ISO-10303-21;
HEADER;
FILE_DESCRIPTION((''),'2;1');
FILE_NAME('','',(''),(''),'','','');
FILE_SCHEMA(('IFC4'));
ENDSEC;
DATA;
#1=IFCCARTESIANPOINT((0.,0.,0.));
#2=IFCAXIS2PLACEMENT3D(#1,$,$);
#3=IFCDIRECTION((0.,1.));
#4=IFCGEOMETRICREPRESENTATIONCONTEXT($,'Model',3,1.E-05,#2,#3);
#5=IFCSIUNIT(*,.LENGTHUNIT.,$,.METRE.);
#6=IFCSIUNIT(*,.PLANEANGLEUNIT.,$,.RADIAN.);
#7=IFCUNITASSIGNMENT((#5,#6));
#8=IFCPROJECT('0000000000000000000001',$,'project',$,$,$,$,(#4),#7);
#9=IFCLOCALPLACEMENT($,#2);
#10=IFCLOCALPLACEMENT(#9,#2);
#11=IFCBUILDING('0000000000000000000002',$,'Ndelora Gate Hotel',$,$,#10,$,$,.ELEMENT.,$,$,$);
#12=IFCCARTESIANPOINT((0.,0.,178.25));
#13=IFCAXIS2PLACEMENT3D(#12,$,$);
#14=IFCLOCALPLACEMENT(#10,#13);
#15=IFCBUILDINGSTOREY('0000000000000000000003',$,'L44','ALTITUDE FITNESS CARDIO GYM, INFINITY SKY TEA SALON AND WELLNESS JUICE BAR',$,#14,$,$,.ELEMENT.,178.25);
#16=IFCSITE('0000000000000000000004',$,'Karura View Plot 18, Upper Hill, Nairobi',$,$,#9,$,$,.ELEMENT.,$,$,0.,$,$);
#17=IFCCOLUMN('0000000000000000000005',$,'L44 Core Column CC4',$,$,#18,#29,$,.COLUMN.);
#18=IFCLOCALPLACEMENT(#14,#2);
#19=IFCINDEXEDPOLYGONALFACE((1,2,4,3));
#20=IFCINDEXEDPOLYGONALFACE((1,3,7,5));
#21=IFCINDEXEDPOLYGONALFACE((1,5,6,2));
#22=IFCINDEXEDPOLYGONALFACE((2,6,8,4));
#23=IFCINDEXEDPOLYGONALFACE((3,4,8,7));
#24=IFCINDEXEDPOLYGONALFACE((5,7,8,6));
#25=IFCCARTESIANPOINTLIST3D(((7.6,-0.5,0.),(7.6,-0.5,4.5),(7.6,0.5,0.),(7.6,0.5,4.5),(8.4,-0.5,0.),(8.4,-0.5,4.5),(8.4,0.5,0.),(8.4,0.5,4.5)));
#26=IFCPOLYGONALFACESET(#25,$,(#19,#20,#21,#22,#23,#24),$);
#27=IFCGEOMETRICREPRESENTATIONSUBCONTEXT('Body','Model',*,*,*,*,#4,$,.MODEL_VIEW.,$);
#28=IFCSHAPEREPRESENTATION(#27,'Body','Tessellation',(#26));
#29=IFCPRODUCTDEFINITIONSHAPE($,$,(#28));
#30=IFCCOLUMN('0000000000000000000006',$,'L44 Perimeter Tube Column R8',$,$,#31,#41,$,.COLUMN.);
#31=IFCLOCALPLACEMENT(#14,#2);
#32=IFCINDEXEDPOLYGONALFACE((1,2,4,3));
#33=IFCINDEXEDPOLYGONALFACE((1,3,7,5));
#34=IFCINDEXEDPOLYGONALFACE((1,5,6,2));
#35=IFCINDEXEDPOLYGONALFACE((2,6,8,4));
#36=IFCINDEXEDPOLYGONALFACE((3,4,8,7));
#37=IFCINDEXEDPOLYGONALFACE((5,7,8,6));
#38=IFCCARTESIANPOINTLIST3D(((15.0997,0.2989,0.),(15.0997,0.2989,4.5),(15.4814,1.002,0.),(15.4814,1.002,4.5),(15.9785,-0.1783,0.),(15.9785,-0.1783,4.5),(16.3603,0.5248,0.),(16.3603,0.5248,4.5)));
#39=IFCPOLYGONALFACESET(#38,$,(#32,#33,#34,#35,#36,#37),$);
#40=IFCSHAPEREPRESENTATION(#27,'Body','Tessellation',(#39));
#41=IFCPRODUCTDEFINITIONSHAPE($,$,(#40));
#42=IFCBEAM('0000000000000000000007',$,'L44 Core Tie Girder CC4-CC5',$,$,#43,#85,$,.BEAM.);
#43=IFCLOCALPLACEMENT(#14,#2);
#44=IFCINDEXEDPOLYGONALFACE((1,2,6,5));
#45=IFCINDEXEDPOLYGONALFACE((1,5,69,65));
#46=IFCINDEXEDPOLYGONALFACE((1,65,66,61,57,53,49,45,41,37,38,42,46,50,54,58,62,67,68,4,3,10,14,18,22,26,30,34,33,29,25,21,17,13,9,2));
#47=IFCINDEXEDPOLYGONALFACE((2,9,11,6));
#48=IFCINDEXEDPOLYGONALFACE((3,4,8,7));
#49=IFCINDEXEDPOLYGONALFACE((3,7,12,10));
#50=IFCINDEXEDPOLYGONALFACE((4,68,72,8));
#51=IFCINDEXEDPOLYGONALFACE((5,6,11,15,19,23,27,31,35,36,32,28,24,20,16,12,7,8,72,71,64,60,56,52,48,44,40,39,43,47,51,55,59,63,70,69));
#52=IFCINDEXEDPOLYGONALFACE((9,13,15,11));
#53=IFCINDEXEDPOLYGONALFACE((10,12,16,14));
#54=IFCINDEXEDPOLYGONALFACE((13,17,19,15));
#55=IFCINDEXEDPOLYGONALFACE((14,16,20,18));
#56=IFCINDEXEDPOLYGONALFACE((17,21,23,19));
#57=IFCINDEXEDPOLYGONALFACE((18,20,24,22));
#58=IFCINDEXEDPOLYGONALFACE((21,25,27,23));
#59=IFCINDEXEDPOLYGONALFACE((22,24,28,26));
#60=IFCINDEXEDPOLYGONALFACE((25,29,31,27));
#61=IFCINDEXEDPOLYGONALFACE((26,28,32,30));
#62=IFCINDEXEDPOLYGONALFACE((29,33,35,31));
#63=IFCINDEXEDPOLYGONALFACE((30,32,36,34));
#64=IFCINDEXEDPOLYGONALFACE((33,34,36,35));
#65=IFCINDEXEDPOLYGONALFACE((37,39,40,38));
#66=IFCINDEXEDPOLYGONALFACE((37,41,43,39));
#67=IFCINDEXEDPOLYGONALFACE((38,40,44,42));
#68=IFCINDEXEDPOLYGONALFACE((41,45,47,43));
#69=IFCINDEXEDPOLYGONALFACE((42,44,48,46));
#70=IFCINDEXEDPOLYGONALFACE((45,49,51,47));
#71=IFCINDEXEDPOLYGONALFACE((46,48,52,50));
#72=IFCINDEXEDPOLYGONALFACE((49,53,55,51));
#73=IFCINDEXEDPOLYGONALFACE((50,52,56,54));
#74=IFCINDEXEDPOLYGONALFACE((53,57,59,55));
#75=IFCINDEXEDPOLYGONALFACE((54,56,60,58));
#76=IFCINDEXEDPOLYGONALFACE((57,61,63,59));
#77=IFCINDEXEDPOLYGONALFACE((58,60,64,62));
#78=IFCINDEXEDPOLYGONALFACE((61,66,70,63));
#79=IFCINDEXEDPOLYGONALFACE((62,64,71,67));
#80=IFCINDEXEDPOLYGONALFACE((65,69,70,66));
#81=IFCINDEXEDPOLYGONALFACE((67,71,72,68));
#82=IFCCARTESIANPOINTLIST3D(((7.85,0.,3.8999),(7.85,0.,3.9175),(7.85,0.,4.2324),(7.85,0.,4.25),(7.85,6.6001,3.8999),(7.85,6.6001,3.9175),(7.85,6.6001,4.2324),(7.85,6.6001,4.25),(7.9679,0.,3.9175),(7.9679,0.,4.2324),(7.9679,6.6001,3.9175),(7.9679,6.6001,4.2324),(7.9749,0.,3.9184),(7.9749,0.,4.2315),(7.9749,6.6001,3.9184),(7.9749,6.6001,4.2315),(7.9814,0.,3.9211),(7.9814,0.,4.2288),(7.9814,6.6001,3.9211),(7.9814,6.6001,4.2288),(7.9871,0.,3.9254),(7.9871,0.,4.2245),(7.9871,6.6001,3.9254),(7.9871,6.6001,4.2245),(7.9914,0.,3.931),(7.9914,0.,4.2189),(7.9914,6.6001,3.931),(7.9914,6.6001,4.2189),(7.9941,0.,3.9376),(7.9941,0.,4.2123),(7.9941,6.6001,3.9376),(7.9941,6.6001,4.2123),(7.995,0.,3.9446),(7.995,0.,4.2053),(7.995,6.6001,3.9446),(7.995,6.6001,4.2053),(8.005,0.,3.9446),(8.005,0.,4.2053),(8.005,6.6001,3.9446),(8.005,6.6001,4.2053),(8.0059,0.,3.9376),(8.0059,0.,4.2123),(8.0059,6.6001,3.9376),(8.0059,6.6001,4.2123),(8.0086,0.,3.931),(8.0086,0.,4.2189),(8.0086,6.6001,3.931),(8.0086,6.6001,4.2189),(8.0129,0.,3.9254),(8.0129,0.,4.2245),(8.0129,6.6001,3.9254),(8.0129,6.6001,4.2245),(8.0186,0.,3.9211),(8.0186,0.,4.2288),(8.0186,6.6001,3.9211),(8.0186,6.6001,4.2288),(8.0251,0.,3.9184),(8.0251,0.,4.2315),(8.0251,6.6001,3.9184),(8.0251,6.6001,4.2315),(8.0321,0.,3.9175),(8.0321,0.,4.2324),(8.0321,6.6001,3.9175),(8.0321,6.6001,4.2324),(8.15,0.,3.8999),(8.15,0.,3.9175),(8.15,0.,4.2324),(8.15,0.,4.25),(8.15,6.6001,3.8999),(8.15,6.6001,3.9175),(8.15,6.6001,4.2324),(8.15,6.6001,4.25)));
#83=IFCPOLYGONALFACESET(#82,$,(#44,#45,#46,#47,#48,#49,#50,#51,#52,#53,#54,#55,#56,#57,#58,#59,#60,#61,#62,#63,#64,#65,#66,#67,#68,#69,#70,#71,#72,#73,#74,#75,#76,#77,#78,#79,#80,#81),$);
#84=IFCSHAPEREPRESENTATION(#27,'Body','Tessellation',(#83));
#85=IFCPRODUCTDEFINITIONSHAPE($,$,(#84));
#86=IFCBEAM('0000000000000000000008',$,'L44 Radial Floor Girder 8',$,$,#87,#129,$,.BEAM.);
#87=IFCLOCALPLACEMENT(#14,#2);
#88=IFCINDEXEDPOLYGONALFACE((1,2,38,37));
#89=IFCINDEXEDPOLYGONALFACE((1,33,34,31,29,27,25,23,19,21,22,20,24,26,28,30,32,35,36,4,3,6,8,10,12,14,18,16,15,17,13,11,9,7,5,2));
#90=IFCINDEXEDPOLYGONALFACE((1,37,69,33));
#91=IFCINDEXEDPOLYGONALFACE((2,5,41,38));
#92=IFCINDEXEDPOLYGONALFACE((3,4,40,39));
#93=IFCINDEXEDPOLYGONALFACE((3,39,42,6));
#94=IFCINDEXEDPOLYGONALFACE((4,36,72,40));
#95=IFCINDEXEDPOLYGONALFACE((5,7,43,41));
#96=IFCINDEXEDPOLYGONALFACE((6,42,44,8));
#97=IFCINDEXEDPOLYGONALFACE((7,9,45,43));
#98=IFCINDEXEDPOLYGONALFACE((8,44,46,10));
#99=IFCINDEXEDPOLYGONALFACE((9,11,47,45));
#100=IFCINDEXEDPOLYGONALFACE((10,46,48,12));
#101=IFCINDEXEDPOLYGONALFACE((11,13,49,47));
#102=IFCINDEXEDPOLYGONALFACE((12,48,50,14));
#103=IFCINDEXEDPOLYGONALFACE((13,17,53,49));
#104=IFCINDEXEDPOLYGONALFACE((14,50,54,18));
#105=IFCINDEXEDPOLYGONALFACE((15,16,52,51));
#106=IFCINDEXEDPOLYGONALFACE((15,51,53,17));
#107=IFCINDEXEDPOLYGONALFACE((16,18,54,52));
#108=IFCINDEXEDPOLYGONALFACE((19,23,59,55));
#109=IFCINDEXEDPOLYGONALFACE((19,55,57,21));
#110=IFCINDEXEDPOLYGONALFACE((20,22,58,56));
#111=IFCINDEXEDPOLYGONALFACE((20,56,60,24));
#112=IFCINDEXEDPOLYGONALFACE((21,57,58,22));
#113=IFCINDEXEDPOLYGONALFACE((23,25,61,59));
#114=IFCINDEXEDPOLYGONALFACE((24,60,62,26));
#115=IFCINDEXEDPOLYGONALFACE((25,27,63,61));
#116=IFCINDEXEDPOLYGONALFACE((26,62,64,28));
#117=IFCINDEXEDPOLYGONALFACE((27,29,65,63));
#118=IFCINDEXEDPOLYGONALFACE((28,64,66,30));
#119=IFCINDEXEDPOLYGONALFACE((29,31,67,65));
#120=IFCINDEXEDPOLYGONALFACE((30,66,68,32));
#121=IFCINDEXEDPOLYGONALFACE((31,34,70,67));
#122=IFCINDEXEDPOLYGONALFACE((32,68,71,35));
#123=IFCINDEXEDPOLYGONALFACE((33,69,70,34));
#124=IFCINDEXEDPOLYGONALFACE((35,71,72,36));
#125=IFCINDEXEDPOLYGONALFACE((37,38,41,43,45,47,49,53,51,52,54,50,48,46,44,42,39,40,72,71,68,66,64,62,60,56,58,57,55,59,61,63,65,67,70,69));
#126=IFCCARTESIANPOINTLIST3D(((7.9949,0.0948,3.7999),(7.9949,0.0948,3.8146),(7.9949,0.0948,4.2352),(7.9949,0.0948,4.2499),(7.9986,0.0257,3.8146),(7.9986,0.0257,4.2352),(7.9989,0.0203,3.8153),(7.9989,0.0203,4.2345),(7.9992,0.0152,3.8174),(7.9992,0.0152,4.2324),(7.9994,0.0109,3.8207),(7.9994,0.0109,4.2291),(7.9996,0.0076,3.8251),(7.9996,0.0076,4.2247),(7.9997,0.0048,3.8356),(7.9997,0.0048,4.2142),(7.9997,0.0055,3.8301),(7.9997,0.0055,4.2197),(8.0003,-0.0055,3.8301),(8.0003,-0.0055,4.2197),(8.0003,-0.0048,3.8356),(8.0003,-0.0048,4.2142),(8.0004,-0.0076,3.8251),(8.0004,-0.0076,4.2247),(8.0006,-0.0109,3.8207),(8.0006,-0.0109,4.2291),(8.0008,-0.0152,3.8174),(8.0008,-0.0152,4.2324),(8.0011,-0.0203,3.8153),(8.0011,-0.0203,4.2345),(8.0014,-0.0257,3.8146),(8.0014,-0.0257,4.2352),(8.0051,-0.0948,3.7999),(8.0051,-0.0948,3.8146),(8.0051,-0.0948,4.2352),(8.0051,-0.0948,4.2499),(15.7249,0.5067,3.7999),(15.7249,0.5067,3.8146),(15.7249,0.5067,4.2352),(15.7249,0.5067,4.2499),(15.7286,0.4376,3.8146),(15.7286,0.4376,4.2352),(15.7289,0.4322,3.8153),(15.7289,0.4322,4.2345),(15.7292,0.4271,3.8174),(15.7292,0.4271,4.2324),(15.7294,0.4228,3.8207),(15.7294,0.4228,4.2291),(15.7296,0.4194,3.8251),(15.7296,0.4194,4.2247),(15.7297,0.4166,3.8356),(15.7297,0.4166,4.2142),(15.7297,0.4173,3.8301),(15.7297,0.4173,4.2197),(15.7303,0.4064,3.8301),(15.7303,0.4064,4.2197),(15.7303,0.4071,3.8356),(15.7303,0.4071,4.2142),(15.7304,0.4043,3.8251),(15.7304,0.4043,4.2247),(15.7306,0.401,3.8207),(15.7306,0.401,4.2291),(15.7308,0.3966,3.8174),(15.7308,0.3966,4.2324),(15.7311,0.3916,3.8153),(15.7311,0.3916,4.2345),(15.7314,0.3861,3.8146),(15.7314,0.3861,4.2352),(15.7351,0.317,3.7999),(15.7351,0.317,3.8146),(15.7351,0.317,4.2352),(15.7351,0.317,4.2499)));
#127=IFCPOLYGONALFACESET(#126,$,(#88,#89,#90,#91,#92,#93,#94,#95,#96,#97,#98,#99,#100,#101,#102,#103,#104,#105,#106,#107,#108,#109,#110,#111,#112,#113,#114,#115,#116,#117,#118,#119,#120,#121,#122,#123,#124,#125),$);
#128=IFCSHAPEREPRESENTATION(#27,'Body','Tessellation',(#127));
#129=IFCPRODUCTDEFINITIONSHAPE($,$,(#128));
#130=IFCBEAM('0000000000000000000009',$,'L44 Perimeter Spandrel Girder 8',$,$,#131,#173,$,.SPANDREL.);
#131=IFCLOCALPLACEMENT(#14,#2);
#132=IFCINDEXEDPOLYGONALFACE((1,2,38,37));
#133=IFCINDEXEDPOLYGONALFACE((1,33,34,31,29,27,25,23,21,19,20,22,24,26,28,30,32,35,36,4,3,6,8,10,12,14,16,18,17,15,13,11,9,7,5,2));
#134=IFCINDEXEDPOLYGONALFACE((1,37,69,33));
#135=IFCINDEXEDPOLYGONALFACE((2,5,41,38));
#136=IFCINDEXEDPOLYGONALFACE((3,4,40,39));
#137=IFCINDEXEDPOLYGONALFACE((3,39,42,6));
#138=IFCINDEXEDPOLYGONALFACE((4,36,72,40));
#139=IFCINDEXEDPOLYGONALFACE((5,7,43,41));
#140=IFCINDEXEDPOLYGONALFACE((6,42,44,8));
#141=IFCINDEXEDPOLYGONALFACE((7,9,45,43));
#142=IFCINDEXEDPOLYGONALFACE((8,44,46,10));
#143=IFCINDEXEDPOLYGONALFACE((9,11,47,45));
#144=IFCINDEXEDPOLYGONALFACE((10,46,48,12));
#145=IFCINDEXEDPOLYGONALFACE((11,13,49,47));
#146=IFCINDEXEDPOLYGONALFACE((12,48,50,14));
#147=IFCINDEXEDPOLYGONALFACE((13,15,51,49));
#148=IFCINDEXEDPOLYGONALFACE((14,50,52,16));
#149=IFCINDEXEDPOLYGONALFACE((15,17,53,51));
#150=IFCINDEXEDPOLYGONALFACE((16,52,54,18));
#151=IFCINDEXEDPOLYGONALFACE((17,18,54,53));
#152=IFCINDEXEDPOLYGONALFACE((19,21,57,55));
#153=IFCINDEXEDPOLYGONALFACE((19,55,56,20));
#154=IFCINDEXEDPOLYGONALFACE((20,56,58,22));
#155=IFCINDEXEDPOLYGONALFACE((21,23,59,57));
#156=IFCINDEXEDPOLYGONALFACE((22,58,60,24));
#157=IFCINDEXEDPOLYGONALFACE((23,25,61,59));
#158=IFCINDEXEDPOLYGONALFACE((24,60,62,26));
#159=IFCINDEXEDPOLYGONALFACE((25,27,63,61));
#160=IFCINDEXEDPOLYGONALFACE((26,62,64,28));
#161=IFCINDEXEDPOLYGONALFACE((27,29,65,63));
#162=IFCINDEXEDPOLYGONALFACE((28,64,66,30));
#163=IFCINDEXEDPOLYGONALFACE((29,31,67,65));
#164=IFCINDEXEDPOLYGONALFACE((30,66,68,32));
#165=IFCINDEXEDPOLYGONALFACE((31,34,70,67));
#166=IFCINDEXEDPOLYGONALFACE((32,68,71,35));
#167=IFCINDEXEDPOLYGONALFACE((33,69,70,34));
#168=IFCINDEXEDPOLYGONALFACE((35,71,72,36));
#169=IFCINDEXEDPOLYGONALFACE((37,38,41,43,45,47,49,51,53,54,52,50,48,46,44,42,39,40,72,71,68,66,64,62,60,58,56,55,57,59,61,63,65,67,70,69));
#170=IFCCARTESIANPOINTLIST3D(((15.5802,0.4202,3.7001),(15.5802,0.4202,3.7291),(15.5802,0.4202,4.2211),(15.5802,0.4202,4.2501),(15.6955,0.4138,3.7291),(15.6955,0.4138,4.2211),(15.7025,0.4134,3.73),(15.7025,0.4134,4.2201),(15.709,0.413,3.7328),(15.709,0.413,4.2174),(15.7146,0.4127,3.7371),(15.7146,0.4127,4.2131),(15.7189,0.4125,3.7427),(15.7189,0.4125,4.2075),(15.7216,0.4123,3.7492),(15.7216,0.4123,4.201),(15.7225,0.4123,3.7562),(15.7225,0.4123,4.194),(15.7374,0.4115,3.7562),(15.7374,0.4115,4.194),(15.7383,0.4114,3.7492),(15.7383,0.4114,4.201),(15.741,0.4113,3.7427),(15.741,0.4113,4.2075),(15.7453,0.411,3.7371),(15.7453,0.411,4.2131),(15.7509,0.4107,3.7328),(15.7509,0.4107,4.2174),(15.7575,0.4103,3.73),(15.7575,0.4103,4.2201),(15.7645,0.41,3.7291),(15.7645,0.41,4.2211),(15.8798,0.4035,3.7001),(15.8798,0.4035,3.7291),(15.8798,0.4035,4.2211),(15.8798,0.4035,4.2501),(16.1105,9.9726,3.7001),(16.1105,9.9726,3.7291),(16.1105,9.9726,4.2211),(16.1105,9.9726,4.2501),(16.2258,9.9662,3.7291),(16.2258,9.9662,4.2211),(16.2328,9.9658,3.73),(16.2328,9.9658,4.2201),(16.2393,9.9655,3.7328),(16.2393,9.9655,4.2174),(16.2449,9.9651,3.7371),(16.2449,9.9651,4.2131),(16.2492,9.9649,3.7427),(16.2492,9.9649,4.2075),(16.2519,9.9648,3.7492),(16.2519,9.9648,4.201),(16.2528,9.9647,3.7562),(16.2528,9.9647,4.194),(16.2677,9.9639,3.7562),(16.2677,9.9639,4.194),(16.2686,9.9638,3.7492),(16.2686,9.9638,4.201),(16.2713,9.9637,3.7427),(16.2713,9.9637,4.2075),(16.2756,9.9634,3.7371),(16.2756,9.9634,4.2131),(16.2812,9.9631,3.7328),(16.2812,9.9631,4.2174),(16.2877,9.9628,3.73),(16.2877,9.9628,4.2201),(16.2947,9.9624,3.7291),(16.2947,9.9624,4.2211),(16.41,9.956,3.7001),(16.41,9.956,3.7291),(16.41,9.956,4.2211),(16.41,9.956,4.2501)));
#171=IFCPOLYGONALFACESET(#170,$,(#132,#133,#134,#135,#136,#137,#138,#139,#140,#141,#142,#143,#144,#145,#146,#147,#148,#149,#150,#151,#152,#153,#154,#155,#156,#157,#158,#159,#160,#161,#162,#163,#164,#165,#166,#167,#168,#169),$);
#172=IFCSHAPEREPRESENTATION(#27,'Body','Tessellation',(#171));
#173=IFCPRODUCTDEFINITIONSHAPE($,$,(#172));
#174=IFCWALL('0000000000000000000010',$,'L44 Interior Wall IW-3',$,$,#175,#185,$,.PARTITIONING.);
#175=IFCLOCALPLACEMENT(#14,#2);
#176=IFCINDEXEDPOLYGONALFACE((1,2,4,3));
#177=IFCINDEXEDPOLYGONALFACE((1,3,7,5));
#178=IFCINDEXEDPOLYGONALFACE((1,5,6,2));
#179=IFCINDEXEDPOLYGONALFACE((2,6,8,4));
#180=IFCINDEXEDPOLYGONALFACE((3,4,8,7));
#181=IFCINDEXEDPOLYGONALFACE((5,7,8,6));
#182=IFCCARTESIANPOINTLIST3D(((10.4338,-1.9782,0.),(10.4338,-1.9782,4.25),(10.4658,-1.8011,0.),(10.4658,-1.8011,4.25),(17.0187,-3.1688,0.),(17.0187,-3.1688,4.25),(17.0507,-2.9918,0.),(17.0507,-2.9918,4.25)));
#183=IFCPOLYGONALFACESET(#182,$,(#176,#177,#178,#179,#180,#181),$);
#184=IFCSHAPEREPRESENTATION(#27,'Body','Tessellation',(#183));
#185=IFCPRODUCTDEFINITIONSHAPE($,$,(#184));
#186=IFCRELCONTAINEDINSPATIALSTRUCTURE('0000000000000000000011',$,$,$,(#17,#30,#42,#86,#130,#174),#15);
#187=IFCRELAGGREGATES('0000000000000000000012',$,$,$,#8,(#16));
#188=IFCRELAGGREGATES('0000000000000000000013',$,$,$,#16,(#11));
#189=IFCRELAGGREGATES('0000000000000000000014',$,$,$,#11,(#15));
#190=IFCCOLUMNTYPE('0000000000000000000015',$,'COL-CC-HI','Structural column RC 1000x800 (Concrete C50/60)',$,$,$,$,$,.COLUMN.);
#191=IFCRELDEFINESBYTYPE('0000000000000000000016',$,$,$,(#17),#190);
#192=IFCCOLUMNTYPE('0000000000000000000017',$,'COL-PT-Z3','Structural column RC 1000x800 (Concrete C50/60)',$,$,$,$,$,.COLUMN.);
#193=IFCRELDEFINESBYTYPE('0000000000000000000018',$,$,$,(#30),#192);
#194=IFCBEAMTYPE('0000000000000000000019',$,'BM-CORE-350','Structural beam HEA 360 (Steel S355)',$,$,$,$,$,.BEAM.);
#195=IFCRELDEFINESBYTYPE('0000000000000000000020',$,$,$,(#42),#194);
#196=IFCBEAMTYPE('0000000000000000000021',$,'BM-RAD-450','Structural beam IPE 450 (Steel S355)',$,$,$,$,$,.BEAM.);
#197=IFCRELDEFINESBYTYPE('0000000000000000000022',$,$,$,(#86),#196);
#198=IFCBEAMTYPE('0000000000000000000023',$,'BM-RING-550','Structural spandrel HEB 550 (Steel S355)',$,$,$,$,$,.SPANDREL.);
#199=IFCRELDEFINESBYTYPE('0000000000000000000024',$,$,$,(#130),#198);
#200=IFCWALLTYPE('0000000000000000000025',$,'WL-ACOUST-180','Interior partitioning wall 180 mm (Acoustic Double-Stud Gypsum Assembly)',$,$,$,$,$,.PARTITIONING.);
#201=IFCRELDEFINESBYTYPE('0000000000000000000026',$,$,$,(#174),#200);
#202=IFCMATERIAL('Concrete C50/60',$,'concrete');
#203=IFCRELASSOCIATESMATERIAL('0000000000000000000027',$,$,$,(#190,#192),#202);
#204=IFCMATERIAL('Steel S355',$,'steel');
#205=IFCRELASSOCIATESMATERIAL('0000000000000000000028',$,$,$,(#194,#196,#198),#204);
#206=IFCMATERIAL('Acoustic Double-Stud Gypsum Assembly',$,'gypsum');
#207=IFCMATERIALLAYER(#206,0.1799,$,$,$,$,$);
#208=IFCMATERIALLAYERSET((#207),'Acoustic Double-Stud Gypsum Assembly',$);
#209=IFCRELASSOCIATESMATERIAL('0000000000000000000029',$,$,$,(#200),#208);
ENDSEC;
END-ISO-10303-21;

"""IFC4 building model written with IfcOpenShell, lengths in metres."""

from ifc_helpers import new_model, si_unit, direction, frame, frame_2d, origin, origin_2d, place, context, subcontext, project, spatial, rectangle, i_section, extrude, material, layer, layer_set, material_profile, profile_set, type_object, element, save


model = new_model("IFC4")

# Units and contexts
model_context = context("Model", 3, precision=1e-05, world=origin(), true_north=direction((0.0, 1.0)))
body_context = subcontext(model_context, "Body", "Model", "MODEL_VIEW")
ifc_project = project(units=[si_unit("LENGTHUNIT", "METRE"), si_unit("PLANEANGLEUNIT", "RADIAN")], contexts=[model_context])

# Site, building, storey
site_placement = place(None, origin())
site = spatial("IfcSite", under=ifc_project, at=site_placement, Name="Karura View Plot 18, Upper Hill, Nairobi", CompositionType="ELEMENT", RefElevation=0.0)
building_placement = place(site_placement, origin())
building = spatial("IfcBuilding", under=site, at=building_placement, Name="Ndelora Gate Hotel", CompositionType="ELEMENT")
storey_placement = place(building_placement, frame((0.0, 0.0, 178.25)))
storey = spatial("IfcBuildingStorey", under=building, at=storey_placement, Name="L44", Description="ALTITUDE FITNESS CARDIO GYM, INFINITY SKY TEA SALON AND WELLNESS JUICE BAR", CompositionType="ELEMENT", Elevation=178.25)

# Columns
ifc_material_1 = material(Name="Concrete C50/60", Category="concrete")
ifc_material_profile_1 = material_profile(ifc_material_1, rectangle(XDim=0.8, YDim=1.0, at=origin_2d()), Name="RC 1000x800")
ifc_profile_set_1 = profile_set([ifc_material_profile_1], Name="Concrete C50/60")
column_type_1 = type_object("IfcColumnType", Name="COL-CC-HI", Description="Structural column RC 1000x800 (Concrete C50/60)", PredefinedType="COLUMN", material=ifc_profile_set_1)
column_1_placement = place(storey_placement, frame((8.0, 0.0, 0.0), z_axis=(0.0, 0.0, 1.0), x_axis=(1.0, 0.0, 0.0)))
element("IfcColumn", 1, at=column_1_placement, inside=storey, type_object=column_type_1, Name="L44 Core Column CC4", PredefinedType="COLUMN", context=body_context, shape_type="SweptSolid", body=[
    extrude(rectangle(XDim=0.8, YDim=1.0, at=origin_2d()), origin(), (0.0, 0.0, 1.0), 4.5),
])
ifc_material_profile_2 = material_profile(ifc_material_1, rectangle(XDim=0.8, YDim=1.0, at=origin_2d()), Name="RC 1000x800")
ifc_profile_set_2 = profile_set([ifc_material_profile_2], Name="Concrete C50/60")
column_type_2 = type_object("IfcColumnType", Name="COL-PT-Z3", Description="Structural column RC 1000x800 (Concrete C50/60)", PredefinedType="COLUMN", material=ifc_profile_set_2)
column_2_placement = place(storey_placement, frame((15.73, 0.4119, 0.0), z_axis=(0.0, 0.0, 1.0), x_axis=(0.477159, 0.878817, 0.0)))
element("IfcColumn", 2, at=column_2_placement, inside=storey, type_object=column_type_2, Name="L44 Perimeter Tube Column R8", PredefinedType="COLUMN", context=body_context, shape_type="SweptSolid", body=[
    extrude(rectangle(XDim=0.8, YDim=1.0, at=origin_2d()), origin(), (0.0, 0.0, 1.0), 4.5),
])

# Beams
ifc_material_2 = material(Name="Steel S355", Category="steel")
ifc_material_profile_3 = material_profile(ifc_material_2, i_section(OverallWidth=0.3, OverallDepth=0.3501, WebThickness=0.01, FlangeThickness=0.0176, FilletRadius=0.0271, at=origin_2d()), Name="HEA 360")
ifc_profile_set_3 = profile_set([ifc_material_profile_3], Name="Steel S355")
beam_type_1 = type_object("IfcBeamType", Name="BM-CORE-350", Description="Structural beam HEA 360 (Steel S355)", PredefinedType="BEAM", material=ifc_profile_set_3)
beam_1_placement = place(storey_placement, frame((8.0, 0.0, 4.075), z_axis=(0.0, 1.0, 0.0), x_axis=(-1.0, 0.0, 0.0)))
element("IfcBeam", 3, at=beam_1_placement, inside=storey, type_object=beam_type_1, Name="L44 Core Tie Girder CC4-CC5", PredefinedType="BEAM", context=body_context, shape_type="SweptSolid", body=[
    extrude(i_section(OverallWidth=0.3, OverallDepth=0.3501, WebThickness=0.01, FlangeThickness=0.0176, FilletRadius=0.0271, at=origin_2d()), origin(), (0.0, 0.0, 1.0), 6.6001),
])
ifc_material_profile_4 = material_profile(ifc_material_2, i_section(OverallWidth=0.1899, OverallDepth=0.45, WebThickness=0.0095, FlangeThickness=0.0146, FilletRadius=0.021, at=origin_2d()), Name="IPE 450")
ifc_profile_set_4 = profile_set([ifc_material_profile_4], Name="Steel S355")
beam_type_2 = type_object("IfcBeamType", Name="BM-RAD-450", Description="Structural beam IPE 450 (Steel S355)", PredefinedType="BEAM", material=ifc_profile_set_4)
beam_2_placement = place(storey_placement, frame((8.0, 0.0, 4.0249), z_axis=(0.998584, 0.053206, 0.0), x_axis=(-0.053206, 0.998584, 0.0)))
element("IfcBeam", 4, at=beam_2_placement, inside=storey, type_object=beam_type_2, Name="L44 Radial Floor Girder 8", PredefinedType="BEAM", context=body_context, shape_type="SweptSolid", body=[
    extrude(i_section(OverallWidth=0.1899, OverallDepth=0.45, WebThickness=0.0095, FlangeThickness=0.0146, FilletRadius=0.021, at=origin_2d()), origin(), (0.0, 0.0, 1.0), 7.741),
])
ifc_material_profile_5 = material_profile(ifc_material_2, i_section(OverallWidth=0.3, OverallDepth=0.55, WebThickness=0.0149, FlangeThickness=0.0291, FilletRadius=0.0271, at=origin_2d()), Name="HEB 550")
ifc_profile_set_5 = profile_set([ifc_material_profile_5], Name="Steel S355")
beam_type_3 = type_object("IfcBeamType", Name="BM-RING-550", Description="Structural spandrel HEB 550 (Steel S355)", PredefinedType="SPANDREL", material=ifc_profile_set_5)
beam_3_placement = place(storey_placement, frame((15.73, 0.4119, 3.9751), z_axis=(0.055426, 0.998463, 0.0), x_axis=(-0.998463, 0.055426, 0.0)))
element("IfcBeam", 5, at=beam_3_placement, inside=storey, type_object=beam_type_3, Name="L44 Perimeter Spandrel Girder 8", PredefinedType="SPANDREL", context=body_context, shape_type="SweptSolid", body=[
    extrude(i_section(OverallWidth=0.3, OverallDepth=0.55, WebThickness=0.0149, FlangeThickness=0.0291, FilletRadius=0.0271, at=origin_2d()), origin(), (0.0, 0.0, 1.0), 9.5671),
])

# Wall
ifc_material_3 = material(Name="Acoustic Double-Stud Gypsum Assembly", Category="gypsum")
ifc_layer_1 = layer(ifc_material_3, 0.1799)
ifc_layer_set_1 = layer_set([ifc_layer_1], Name="Acoustic Double-Stud Gypsum Assembly")
wall_type_1 = type_object("IfcWallType", Name="WL-ACOUST-180", Description="Interior partitioning wall 180 mm (Acoustic Double-Stud Gypsum Assembly)", PredefinedType="PARTITIONING", material=ifc_layer_set_1)
wall_1_placement = place(storey_placement, frame((10.45, -1.8896, 0.0), z_axis=(0.0, 0.0, 1.0), x_axis=(0.984043, -0.177932, 0.0)))
element("IfcWall", 6, at=wall_1_placement, inside=storey, type_object=wall_type_1, Name="L44 Interior Wall IW-3", PredefinedType="PARTITIONING", context=body_context, shape_type="SweptSolid", body=[
    extrude(rectangle(XDim=6.6917, YDim=0.1799, at=frame_2d((3.3457, 0.0))), origin(), (0.0, 0.0, 1.0), 4.25),
])

save(model, "model.ifc")
